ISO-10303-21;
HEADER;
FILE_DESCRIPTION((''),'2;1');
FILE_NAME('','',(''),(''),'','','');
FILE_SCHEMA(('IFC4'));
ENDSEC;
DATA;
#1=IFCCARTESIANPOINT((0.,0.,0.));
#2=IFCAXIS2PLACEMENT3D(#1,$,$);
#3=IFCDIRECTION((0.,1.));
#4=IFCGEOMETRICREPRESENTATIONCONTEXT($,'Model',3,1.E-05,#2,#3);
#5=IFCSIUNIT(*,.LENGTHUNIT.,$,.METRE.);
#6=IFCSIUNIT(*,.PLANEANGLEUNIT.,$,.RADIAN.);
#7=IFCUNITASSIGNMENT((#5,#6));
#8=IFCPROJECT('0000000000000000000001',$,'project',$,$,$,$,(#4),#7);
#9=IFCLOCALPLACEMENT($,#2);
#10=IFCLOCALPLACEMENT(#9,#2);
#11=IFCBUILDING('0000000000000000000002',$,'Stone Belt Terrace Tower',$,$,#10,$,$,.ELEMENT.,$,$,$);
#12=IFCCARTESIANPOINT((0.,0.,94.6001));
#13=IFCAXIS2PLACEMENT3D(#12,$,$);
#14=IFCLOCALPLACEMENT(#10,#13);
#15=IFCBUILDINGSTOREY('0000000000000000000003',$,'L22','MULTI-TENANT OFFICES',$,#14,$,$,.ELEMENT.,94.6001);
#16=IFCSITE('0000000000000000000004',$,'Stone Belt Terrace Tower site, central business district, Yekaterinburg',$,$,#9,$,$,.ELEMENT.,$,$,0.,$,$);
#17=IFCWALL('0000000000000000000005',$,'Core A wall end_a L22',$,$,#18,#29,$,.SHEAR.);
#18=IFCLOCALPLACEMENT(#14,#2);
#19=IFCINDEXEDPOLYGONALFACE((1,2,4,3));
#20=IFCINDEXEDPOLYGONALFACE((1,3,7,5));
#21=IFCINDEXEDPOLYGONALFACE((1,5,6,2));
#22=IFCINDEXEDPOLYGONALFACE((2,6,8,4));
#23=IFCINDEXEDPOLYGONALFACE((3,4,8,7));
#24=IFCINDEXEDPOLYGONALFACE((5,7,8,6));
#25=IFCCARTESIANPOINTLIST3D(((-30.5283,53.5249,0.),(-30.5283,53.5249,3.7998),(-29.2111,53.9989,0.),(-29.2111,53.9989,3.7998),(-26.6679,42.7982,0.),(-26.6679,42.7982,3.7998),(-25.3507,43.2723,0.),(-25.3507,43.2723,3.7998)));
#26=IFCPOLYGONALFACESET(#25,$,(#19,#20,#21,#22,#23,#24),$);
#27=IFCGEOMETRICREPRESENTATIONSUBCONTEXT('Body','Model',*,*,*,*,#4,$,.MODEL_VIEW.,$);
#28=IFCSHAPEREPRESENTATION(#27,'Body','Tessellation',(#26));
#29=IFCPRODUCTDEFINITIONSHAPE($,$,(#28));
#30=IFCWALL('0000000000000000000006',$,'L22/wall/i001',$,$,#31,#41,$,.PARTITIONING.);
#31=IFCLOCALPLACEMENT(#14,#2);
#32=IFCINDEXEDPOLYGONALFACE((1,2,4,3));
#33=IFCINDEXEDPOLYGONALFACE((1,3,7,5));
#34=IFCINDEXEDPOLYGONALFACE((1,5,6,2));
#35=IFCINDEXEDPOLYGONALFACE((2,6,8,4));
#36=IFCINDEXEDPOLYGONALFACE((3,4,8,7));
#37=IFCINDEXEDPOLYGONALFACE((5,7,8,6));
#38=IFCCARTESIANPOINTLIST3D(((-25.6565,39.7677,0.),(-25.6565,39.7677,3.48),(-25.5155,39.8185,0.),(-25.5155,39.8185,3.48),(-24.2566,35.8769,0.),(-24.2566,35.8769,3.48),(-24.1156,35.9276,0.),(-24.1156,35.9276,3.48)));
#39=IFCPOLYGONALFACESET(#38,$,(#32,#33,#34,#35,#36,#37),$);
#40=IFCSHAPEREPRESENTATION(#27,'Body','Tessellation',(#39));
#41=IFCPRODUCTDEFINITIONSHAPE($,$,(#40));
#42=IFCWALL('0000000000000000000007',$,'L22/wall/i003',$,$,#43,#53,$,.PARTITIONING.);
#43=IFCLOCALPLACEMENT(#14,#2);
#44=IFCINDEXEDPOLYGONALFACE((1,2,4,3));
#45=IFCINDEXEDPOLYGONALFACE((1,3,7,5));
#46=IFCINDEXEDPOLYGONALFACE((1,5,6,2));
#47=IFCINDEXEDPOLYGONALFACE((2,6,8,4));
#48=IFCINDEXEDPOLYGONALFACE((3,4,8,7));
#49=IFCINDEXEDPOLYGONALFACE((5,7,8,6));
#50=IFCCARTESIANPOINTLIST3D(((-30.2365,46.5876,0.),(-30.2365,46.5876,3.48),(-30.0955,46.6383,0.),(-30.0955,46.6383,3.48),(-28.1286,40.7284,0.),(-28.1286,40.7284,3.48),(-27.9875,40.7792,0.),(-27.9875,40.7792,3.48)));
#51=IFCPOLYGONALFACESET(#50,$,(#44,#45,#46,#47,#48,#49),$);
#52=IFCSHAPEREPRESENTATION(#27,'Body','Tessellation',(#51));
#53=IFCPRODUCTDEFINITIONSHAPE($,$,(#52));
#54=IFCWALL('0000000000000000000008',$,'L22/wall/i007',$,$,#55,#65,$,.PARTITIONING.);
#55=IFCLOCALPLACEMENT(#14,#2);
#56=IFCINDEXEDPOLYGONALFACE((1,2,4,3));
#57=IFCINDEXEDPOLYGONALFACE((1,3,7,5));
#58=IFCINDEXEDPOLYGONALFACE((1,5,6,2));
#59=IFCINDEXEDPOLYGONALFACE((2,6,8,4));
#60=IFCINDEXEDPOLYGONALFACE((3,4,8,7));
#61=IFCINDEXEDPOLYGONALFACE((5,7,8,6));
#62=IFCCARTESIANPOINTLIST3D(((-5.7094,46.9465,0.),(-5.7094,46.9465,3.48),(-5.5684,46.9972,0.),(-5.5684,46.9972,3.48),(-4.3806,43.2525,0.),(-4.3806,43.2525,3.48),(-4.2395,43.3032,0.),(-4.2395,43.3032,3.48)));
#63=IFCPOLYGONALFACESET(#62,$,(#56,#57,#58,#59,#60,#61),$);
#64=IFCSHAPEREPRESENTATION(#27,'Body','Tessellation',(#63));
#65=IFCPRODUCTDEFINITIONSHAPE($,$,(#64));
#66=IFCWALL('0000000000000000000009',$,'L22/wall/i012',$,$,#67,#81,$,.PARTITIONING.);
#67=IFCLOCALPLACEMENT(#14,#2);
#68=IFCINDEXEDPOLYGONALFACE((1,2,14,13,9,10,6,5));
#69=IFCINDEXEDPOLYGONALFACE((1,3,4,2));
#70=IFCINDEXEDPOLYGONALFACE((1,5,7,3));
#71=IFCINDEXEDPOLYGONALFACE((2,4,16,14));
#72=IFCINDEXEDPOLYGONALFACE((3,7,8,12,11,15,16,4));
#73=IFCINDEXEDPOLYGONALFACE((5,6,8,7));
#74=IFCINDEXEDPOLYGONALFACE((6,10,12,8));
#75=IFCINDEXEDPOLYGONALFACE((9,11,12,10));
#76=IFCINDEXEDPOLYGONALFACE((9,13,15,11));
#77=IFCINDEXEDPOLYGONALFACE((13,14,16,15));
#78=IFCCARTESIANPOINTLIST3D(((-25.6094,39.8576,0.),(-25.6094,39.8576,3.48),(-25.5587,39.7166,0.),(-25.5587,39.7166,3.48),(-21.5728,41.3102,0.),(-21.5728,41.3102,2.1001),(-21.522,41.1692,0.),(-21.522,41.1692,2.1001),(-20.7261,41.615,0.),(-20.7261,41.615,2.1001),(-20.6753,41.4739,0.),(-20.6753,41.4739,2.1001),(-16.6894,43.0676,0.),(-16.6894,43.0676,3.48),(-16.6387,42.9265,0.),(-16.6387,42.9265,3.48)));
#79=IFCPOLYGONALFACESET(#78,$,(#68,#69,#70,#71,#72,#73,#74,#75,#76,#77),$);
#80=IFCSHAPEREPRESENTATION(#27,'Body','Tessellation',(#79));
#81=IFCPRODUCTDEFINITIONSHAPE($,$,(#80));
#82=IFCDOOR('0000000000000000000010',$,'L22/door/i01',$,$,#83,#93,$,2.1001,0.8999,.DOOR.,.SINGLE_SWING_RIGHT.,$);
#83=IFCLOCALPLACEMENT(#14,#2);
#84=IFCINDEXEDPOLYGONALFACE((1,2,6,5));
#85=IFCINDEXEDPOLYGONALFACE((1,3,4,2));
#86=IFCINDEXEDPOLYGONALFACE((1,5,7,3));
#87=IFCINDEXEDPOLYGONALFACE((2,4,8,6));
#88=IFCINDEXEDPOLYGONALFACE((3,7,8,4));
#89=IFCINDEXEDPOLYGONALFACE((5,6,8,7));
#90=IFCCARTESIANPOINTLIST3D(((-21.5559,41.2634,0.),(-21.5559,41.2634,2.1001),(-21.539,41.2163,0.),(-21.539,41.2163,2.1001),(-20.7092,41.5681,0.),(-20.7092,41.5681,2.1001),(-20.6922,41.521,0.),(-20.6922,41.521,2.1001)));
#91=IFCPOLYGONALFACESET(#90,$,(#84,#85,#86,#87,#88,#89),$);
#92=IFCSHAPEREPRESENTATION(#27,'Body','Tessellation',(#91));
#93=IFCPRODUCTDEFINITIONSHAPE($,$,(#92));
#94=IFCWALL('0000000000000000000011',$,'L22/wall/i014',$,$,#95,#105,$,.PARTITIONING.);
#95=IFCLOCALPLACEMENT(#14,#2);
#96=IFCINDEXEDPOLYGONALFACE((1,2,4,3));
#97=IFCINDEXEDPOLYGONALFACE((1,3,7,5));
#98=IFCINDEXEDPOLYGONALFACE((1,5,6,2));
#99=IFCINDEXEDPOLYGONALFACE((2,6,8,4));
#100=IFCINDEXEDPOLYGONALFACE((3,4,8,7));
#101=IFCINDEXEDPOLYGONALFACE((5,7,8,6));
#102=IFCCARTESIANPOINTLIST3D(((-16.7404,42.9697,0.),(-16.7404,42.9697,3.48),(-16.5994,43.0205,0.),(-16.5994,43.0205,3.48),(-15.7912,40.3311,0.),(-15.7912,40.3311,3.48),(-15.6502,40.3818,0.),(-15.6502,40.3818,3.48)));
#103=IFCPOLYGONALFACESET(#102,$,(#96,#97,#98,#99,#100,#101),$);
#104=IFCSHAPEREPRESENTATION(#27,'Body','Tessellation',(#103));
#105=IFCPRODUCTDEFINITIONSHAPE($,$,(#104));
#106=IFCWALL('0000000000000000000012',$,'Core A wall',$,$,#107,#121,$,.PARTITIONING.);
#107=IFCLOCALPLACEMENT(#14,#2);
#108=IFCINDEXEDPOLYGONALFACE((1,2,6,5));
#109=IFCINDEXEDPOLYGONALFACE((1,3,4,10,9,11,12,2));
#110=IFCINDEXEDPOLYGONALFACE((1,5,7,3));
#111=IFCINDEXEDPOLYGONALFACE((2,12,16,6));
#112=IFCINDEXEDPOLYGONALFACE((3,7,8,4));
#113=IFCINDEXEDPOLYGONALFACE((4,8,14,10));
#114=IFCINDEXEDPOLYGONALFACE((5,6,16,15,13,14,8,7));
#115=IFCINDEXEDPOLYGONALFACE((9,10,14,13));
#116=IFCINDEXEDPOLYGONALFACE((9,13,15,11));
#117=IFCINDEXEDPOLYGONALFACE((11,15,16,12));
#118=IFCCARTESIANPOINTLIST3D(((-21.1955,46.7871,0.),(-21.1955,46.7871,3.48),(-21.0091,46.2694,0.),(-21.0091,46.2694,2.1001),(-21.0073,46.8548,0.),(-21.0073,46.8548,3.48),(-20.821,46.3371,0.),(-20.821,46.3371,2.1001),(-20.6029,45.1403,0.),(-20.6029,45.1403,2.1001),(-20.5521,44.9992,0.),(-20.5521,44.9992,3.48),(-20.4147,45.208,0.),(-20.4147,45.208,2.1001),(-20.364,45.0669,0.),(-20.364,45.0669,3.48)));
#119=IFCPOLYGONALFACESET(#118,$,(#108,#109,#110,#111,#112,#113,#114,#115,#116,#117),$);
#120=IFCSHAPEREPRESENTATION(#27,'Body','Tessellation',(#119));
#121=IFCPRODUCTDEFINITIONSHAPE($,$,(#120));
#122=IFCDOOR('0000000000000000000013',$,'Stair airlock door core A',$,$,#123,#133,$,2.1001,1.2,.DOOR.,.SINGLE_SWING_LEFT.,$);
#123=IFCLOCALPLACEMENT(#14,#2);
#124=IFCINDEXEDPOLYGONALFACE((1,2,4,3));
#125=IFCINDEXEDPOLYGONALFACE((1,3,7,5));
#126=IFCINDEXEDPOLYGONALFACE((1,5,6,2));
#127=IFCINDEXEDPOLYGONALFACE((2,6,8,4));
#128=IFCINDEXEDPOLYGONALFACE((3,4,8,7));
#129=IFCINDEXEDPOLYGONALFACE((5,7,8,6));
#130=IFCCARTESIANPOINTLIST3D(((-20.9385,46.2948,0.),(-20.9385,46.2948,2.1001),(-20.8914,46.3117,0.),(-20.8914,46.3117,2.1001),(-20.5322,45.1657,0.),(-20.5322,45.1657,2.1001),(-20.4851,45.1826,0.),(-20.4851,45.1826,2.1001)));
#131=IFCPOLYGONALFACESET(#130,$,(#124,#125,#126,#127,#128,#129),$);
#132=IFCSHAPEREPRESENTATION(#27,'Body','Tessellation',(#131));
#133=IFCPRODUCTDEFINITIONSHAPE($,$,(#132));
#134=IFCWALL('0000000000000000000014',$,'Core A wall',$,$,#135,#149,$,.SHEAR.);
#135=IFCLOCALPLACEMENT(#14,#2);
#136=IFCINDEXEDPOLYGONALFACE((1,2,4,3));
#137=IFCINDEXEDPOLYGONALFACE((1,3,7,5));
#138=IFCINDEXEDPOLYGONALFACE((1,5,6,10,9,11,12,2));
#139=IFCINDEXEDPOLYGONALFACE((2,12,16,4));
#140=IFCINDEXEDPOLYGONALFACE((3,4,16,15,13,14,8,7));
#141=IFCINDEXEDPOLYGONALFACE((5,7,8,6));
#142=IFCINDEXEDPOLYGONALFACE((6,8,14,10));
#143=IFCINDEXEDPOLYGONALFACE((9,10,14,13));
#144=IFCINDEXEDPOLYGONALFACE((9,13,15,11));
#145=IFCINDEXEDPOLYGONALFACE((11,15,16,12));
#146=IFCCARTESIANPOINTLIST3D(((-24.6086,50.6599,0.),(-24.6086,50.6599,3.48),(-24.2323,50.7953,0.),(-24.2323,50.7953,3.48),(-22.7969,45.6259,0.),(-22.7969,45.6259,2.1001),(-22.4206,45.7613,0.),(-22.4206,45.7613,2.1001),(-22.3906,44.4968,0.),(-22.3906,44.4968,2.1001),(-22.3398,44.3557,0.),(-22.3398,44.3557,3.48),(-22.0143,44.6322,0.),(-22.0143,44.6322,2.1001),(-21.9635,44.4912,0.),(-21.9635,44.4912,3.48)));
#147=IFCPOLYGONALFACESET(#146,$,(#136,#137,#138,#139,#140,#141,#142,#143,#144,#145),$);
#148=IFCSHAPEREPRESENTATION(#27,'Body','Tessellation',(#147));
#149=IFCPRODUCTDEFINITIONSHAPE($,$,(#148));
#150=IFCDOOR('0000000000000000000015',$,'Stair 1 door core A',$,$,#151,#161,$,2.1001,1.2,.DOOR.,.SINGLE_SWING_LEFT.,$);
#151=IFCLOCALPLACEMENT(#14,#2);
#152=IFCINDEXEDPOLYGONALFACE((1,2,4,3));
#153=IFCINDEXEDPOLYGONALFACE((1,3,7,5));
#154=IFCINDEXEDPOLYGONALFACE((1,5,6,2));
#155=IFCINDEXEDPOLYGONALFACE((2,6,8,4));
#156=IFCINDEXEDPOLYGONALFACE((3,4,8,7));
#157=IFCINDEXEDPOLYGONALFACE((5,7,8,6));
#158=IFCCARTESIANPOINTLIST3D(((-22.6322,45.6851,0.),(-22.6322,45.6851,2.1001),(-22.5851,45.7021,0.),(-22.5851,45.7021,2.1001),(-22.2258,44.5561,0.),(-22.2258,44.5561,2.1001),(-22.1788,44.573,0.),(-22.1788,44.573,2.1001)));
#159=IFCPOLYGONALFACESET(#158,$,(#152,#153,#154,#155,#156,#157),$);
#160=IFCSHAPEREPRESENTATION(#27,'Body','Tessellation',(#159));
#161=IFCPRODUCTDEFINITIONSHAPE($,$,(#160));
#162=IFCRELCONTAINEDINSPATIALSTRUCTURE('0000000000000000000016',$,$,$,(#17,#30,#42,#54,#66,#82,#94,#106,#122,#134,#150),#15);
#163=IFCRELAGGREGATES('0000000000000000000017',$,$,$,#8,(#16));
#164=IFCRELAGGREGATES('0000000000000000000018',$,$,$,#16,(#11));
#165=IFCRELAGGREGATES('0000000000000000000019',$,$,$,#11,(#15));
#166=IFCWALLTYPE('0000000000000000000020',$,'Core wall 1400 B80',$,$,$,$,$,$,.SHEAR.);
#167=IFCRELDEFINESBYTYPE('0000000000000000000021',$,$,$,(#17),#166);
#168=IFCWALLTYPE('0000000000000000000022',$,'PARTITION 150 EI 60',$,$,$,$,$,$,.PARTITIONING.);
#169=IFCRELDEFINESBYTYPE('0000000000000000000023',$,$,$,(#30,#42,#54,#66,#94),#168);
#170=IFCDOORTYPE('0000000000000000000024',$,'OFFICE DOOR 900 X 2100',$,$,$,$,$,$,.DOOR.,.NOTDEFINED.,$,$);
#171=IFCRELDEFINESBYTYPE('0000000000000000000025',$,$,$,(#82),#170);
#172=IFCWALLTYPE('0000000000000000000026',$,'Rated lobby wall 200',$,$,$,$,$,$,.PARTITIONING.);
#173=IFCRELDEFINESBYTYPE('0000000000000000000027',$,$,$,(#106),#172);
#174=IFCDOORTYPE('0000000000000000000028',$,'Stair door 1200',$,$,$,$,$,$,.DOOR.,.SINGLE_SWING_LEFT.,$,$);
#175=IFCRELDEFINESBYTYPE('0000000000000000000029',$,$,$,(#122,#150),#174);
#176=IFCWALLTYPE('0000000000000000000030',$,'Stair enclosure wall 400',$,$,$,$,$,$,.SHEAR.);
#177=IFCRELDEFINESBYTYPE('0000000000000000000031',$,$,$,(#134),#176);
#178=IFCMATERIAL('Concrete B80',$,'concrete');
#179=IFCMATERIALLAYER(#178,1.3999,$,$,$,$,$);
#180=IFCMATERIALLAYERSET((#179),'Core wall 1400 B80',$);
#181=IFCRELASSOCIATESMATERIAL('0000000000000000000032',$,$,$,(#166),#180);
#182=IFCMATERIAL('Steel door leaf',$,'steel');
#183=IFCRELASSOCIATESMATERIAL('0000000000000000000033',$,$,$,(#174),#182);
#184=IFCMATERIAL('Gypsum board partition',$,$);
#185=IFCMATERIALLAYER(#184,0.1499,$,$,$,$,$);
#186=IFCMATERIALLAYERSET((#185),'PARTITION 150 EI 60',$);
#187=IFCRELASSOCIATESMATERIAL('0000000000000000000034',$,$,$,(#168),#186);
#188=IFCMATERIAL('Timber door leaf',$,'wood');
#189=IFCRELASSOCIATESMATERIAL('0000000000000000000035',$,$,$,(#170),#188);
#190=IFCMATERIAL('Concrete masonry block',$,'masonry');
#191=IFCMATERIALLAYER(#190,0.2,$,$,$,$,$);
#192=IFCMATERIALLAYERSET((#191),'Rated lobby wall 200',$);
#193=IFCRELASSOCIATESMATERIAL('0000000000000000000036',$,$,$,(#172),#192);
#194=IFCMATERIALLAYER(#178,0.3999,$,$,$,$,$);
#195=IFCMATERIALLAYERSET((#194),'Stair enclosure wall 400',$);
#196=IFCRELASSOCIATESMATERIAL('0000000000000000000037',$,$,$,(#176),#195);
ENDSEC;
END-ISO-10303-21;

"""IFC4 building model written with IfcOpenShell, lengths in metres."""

from ifc_helpers import new_model, si_unit, direction, frame, frame_2d, origin, place, context, subcontext, project, spatial, rectangle, extrude, material, layer, layer_set, type_object, element, fill, save


model = new_model("IFC4")

# Units and contexts
model_context = context("Model", 3, precision=1e-05, world=origin(), true_north=direction((0.0, 1.0)))
body_context = subcontext(model_context, "Body", "Model", "MODEL_VIEW")
ifc_project = project(units=[si_unit("LENGTHUNIT", "METRE"), si_unit("PLANEANGLEUNIT", "RADIAN")], contexts=[model_context])

# Site, building, storey
site_placement = place(None, origin())
site = spatial("IfcSite", under=ifc_project, at=site_placement, Name="Stone Belt Terrace Tower site, central business district, Yekaterinburg", CompositionType="ELEMENT", RefElevation=0.0)
building_placement = place(site_placement, origin())
building = spatial("IfcBuilding", under=site, at=building_placement, Name="Stone Belt Terrace Tower", CompositionType="ELEMENT")
storey_placement = place(building_placement, frame((0.0, 0.0, 94.6001)))
storey = spatial("IfcBuildingStorey", under=building, at=storey_placement, Name="L22", Description="MULTI-TENANT OFFICES", CompositionType="ELEMENT", Elevation=94.6001)

# Shared definitions
ifc_material_1 = material(Name="Concrete B80", Category="concrete")

# Shared definitions
ifc_layer_1 = layer(ifc_material_1, 1.3999)
ifc_layer_set_1 = layer_set([ifc_layer_1], Name="Core wall 1400 B80")
wall_type_1 = type_object("IfcWallType", Name="Core wall 1400 B80", PredefinedType="SHEAR", material=ifc_layer_set_1)
ifc_material_2 = material(Name="Timber door leaf", Category="wood")
ifc_material_3 = material(Name="Steel door leaf", Category="steel")
door_type_1 = type_object("IfcDoorType", Name="Stair door 1200", OperationType="SINGLE_SWING_LEFT", PredefinedType="DOOR", material=ifc_material_3)

# Walls
wall_1_placement = place(storey_placement, frame((-26.0093, 43.0352, 0.0), z_axis=(0.0, 0.0, 1.0), x_axis=(-0.338625, 0.940921, 0.0)))
element("IfcWall", 1, at=wall_1_placement, inside=storey, type_object=wall_type_1, Name="Core A wall end_a L22", PredefinedType="SHEAR", context=body_context, shape_type="SweptSolid", body=[
    extrude(rectangle(XDim=11.4001, YDim=1.3999, at=frame_2d((5.7002, 0.0))), origin(), (0.0, 0.0, 1.0), 3.7998),
])
ifc_material_4 = material(Name="Gypsum board partition")
ifc_layer_2 = layer(ifc_material_4, 0.1499)
ifc_layer_set_2 = layer_set([ifc_layer_2], Name="PARTITION 150 EI 60")
wall_type_2 = type_object("IfcWallType", Name="PARTITION 150 EI 60", PredefinedType="PARTITIONING", material=ifc_layer_set_2)
wall_2_placement = place(storey_placement, frame((-25.5859, 39.793, 0.0), z_axis=(0.0, 0.0, 1.0), x_axis=(0.338546, -0.94095, 0.0)))
element("IfcWall", 2, at=wall_2_placement, inside=storey, type_object=wall_type_2, Name="L22/wall/i001", PredefinedType="PARTITIONING", context=body_context, shape_type="SweptSolid", body=[
    extrude(rectangle(XDim=4.135, YDim=0.1499, at=frame_2d((2.0674, 0.0))), origin(), (0.0, 0.0, 1.0), 3.48),
])
wall_3_placement = place(storey_placement, frame((-28.0581, 40.7539, 0.0), z_axis=(0.0, 0.0, 1.0), x_axis=(-0.338524, 0.940958, 0.0)))
element("IfcWall", 3, at=wall_3_placement, inside=storey, type_object=wall_type_2, Name="L22/wall/i003", PredefinedType="PARTITIONING", context=body_context, shape_type="SweptSolid", body=[
    extrude(rectangle(XDim=6.2268, YDim=0.1499, at=frame_2d((3.1133, 0.0))), origin(), (0.0, 0.0, 1.0), 3.48),
])
wall_4_placement = place(storey_placement, frame((-4.3101, 43.2778, 0.0), z_axis=(0.0, 0.0, 1.0), x_axis=(-0.33849, 0.94097, 0.0)))
element("IfcWall", 4, at=wall_4_placement, inside=storey, type_object=wall_type_2, Name="L22/wall/i007", PredefinedType="PARTITIONING", context=body_context, shape_type="SweptSolid", body=[
    extrude(rectangle(XDim=3.9258, YDim=0.1499, at=frame_2d((1.9629, 0.0))), origin(), (0.0, 0.0, 1.0), 3.48),
])

# Wall, opening, door
wall_5_placement = place(storey_placement, frame((-16.6641, 42.9971, 0.0), z_axis=(0.0, 0.0, 1.0), x_axis=(-0.940928, -0.338606, 0.0)))
wall_5 = element("IfcWall", 5, at=wall_5_placement, inside=storey, type_object=wall_type_2, Name="L22/wall/i012", PredefinedType="PARTITIONING", context=body_context, shape_type="SweptSolid", body=[
    extrude(rectangle(XDim=9.48, YDim=0.1499, at=frame_2d((4.74, 0.0))), origin(), (0.0, 0.0, 1.0), 3.48),
])
opening_1_placement = place(wall_5_placement, frame((4.29, 0.0, 0.0)))
opening_1 = element("IfcOpeningElement", 6, at=opening_1_placement, cuts=wall_5, PredefinedType="OPENING", context=body_context, shape_type="SweptSolid", body=[
    extrude(rectangle(XDim=0.8999, YDim=2.1001, at=frame_2d((0.45, 1.05))), frame((0.0, 0.085, 0.0), z_axis=(0.0, -1.0, 0.0), x_axis=(1.0, 0.0, 0.0)), (0.0, 0.0, 1.0), 0.1699),
])
door_type_2 = type_object("IfcDoorType", Name="OFFICE DOOR 900 X 2100", OperationType="NOTDEFINED", PredefinedType="DOOR", material=ifc_material_2)
door_1_placement = place(opening_1_placement, origin())
door_1 = element("IfcDoor", 7, at=door_1_placement, inside=storey, type_object=door_type_2, Name="L22/door/i01", OperationType="SINGLE_SWING_RIGHT", OverallHeight=2.1001, OverallWidth=0.8999, PredefinedType="DOOR", context=body_context, shape_type="SweptSolid", body=[
    extrude(rectangle(XDim=0.8999, YDim=2.1001, at=frame_2d((0.45, 1.05))), frame((0.0, 0.0249, 0.0), z_axis=(0.0, -1.0, 0.0), x_axis=(1.0, 0.0, 0.0)), (0.0, 0.0, 1.0), 0.05),
])
fill(opening_1, door_1)

# Wall
wall_6_placement = place(storey_placement, frame((-16.6699, 42.9951, 0.0), z_axis=(0.0, 0.0, 1.0), x_axis=(0.338497, -0.940967, 0.0)))
element("IfcWall", 8, at=wall_6_placement, inside=storey, type_object=wall_type_2, Name="L22/wall/i014", PredefinedType="PARTITIONING", context=body_context, shape_type="SweptSolid", body=[
    extrude(rectangle(XDim=2.8042, YDim=0.1499, at=frame_2d((1.4021, 0.0))), origin(), (0.0, 0.0, 1.0), 3.48),
])

# Walls, openings, doors
ifc_material_5 = material(Name="Concrete masonry block", Category="masonry")
ifc_layer_3 = layer(ifc_material_5, 0.2)
ifc_layer_set_3 = layer_set([ifc_layer_3], Name="Rated lobby wall 200")
wall_type_3 = type_object("IfcWallType", Name="Rated lobby wall 200", PredefinedType="PARTITIONING", material=ifc_layer_set_3)
wall_7_placement = place(storey_placement, frame((-20.458, 45.033, 0.0), z_axis=(0.0, 0.0, 1.0), x_axis=(-0.338574, 0.94094, 0.0)))
wall_7 = element("IfcWall", 9, at=wall_7_placement, inside=storey, type_object=wall_type_3, Name="Core A wall", PredefinedType="PARTITIONING", context=body_context, shape_type="SweptSolid", body=[
    extrude(rectangle(XDim=1.9001, YDim=0.2, at=frame_2d((0.9502, 0.0))), origin(), (0.0, 0.0, 1.0), 3.48),
])
opening_2_placement = place(wall_7_placement, frame((0.1499, 0.0, 0.0)))
opening_2 = element("IfcOpeningElement", 10, at=opening_2_placement, cuts=wall_7, PredefinedType="OPENING", context=body_context, shape_type="SweptSolid", body=[
    extrude(rectangle(XDim=1.2, YDim=2.1001, at=frame_2d((0.6001, 1.05))), frame((0.0, 0.1099, 0.0), z_axis=(0.0, -1.0, 0.0), x_axis=(1.0, 0.0, 0.0)), (0.0, 0.0, 1.0), 0.22),
])
door_2_placement = place(opening_2_placement, origin())
door_2 = element("IfcDoor", 11, at=door_2_placement, inside=storey, type_object=door_type_1, Name="Stair airlock door core A", OperationType="SINGLE_SWING_LEFT", OverallHeight=2.1001, OverallWidth=1.2, PredefinedType="DOOR", context=body_context, shape_type="SweptSolid", body=[
    extrude(rectangle(XDim=1.2, YDim=2.1001, at=frame_2d((0.6001, 1.05))), frame((0.0, 0.0249, 0.0), z_axis=(0.0, -1.0, 0.0), x_axis=(1.0, 0.0, 0.0)), (0.0, 0.0, 1.0), 0.05),
])
fill(opening_2, door_2)
ifc_layer_4 = layer(ifc_material_1, 0.3999)
ifc_layer_set_4 = layer_set([ifc_layer_4], Name="Stair enclosure wall 400")
wall_type_4 = type_object("IfcWallType", Name="Stair enclosure wall 400", PredefinedType="SHEAR", material=ifc_layer_set_4)
wall_8_placement = place(storey_placement, frame((-22.1516, 44.4233, 0.0), z_axis=(0.0, 0.0, 1.0), x_axis=(-0.338625, 0.940921, 0.0)))
wall_8 = element("IfcWall", 12, at=wall_8_placement, inside=storey, type_object=wall_type_4, Name="Core A wall", PredefinedType="SHEAR", context=body_context, shape_type="SweptSolid", body=[
    extrude(rectangle(XDim=6.7, YDim=0.3999, at=frame_2d((3.3501, 0.0))), origin(), (0.0, 0.0, 1.0), 3.48),
])
opening_3_placement = place(wall_8_placement, frame((0.1499, 0.0, 0.0)))
opening_3 = element("IfcOpeningElement", 13, at=opening_3_placement, cuts=wall_8, PredefinedType="OPENING", context=body_context, shape_type="SweptSolid", body=[
    extrude(rectangle(XDim=1.2, YDim=2.1001, at=frame_2d((0.6001, 1.05))), frame((0.0, 0.21, 0.0), z_axis=(0.0, -1.0, 0.0), x_axis=(1.0, 0.0, 0.0)), (0.0, 0.0, 1.0), 0.4199),
])
door_3_placement = place(opening_3_placement, origin())
door_3 = element("IfcDoor", 14, at=door_3_placement, inside=storey, type_object=door_type_1, Name="Stair 1 door core A", OperationType="SINGLE_SWING_LEFT", OverallHeight=2.1001, OverallWidth=1.2, PredefinedType="DOOR", context=body_context, shape_type="SweptSolid", body=[
    extrude(rectangle(XDim=1.2, YDim=2.1001, at=frame_2d((0.6001, 1.05))), frame((0.0, 0.0249, 0.0), z_axis=(0.0, -1.0, 0.0), x_axis=(1.0, 0.0, 0.0)), (0.0, 0.0, 1.0), 0.05),
])
fill(opening_3, door_3)

save(model, "model.ifc")
